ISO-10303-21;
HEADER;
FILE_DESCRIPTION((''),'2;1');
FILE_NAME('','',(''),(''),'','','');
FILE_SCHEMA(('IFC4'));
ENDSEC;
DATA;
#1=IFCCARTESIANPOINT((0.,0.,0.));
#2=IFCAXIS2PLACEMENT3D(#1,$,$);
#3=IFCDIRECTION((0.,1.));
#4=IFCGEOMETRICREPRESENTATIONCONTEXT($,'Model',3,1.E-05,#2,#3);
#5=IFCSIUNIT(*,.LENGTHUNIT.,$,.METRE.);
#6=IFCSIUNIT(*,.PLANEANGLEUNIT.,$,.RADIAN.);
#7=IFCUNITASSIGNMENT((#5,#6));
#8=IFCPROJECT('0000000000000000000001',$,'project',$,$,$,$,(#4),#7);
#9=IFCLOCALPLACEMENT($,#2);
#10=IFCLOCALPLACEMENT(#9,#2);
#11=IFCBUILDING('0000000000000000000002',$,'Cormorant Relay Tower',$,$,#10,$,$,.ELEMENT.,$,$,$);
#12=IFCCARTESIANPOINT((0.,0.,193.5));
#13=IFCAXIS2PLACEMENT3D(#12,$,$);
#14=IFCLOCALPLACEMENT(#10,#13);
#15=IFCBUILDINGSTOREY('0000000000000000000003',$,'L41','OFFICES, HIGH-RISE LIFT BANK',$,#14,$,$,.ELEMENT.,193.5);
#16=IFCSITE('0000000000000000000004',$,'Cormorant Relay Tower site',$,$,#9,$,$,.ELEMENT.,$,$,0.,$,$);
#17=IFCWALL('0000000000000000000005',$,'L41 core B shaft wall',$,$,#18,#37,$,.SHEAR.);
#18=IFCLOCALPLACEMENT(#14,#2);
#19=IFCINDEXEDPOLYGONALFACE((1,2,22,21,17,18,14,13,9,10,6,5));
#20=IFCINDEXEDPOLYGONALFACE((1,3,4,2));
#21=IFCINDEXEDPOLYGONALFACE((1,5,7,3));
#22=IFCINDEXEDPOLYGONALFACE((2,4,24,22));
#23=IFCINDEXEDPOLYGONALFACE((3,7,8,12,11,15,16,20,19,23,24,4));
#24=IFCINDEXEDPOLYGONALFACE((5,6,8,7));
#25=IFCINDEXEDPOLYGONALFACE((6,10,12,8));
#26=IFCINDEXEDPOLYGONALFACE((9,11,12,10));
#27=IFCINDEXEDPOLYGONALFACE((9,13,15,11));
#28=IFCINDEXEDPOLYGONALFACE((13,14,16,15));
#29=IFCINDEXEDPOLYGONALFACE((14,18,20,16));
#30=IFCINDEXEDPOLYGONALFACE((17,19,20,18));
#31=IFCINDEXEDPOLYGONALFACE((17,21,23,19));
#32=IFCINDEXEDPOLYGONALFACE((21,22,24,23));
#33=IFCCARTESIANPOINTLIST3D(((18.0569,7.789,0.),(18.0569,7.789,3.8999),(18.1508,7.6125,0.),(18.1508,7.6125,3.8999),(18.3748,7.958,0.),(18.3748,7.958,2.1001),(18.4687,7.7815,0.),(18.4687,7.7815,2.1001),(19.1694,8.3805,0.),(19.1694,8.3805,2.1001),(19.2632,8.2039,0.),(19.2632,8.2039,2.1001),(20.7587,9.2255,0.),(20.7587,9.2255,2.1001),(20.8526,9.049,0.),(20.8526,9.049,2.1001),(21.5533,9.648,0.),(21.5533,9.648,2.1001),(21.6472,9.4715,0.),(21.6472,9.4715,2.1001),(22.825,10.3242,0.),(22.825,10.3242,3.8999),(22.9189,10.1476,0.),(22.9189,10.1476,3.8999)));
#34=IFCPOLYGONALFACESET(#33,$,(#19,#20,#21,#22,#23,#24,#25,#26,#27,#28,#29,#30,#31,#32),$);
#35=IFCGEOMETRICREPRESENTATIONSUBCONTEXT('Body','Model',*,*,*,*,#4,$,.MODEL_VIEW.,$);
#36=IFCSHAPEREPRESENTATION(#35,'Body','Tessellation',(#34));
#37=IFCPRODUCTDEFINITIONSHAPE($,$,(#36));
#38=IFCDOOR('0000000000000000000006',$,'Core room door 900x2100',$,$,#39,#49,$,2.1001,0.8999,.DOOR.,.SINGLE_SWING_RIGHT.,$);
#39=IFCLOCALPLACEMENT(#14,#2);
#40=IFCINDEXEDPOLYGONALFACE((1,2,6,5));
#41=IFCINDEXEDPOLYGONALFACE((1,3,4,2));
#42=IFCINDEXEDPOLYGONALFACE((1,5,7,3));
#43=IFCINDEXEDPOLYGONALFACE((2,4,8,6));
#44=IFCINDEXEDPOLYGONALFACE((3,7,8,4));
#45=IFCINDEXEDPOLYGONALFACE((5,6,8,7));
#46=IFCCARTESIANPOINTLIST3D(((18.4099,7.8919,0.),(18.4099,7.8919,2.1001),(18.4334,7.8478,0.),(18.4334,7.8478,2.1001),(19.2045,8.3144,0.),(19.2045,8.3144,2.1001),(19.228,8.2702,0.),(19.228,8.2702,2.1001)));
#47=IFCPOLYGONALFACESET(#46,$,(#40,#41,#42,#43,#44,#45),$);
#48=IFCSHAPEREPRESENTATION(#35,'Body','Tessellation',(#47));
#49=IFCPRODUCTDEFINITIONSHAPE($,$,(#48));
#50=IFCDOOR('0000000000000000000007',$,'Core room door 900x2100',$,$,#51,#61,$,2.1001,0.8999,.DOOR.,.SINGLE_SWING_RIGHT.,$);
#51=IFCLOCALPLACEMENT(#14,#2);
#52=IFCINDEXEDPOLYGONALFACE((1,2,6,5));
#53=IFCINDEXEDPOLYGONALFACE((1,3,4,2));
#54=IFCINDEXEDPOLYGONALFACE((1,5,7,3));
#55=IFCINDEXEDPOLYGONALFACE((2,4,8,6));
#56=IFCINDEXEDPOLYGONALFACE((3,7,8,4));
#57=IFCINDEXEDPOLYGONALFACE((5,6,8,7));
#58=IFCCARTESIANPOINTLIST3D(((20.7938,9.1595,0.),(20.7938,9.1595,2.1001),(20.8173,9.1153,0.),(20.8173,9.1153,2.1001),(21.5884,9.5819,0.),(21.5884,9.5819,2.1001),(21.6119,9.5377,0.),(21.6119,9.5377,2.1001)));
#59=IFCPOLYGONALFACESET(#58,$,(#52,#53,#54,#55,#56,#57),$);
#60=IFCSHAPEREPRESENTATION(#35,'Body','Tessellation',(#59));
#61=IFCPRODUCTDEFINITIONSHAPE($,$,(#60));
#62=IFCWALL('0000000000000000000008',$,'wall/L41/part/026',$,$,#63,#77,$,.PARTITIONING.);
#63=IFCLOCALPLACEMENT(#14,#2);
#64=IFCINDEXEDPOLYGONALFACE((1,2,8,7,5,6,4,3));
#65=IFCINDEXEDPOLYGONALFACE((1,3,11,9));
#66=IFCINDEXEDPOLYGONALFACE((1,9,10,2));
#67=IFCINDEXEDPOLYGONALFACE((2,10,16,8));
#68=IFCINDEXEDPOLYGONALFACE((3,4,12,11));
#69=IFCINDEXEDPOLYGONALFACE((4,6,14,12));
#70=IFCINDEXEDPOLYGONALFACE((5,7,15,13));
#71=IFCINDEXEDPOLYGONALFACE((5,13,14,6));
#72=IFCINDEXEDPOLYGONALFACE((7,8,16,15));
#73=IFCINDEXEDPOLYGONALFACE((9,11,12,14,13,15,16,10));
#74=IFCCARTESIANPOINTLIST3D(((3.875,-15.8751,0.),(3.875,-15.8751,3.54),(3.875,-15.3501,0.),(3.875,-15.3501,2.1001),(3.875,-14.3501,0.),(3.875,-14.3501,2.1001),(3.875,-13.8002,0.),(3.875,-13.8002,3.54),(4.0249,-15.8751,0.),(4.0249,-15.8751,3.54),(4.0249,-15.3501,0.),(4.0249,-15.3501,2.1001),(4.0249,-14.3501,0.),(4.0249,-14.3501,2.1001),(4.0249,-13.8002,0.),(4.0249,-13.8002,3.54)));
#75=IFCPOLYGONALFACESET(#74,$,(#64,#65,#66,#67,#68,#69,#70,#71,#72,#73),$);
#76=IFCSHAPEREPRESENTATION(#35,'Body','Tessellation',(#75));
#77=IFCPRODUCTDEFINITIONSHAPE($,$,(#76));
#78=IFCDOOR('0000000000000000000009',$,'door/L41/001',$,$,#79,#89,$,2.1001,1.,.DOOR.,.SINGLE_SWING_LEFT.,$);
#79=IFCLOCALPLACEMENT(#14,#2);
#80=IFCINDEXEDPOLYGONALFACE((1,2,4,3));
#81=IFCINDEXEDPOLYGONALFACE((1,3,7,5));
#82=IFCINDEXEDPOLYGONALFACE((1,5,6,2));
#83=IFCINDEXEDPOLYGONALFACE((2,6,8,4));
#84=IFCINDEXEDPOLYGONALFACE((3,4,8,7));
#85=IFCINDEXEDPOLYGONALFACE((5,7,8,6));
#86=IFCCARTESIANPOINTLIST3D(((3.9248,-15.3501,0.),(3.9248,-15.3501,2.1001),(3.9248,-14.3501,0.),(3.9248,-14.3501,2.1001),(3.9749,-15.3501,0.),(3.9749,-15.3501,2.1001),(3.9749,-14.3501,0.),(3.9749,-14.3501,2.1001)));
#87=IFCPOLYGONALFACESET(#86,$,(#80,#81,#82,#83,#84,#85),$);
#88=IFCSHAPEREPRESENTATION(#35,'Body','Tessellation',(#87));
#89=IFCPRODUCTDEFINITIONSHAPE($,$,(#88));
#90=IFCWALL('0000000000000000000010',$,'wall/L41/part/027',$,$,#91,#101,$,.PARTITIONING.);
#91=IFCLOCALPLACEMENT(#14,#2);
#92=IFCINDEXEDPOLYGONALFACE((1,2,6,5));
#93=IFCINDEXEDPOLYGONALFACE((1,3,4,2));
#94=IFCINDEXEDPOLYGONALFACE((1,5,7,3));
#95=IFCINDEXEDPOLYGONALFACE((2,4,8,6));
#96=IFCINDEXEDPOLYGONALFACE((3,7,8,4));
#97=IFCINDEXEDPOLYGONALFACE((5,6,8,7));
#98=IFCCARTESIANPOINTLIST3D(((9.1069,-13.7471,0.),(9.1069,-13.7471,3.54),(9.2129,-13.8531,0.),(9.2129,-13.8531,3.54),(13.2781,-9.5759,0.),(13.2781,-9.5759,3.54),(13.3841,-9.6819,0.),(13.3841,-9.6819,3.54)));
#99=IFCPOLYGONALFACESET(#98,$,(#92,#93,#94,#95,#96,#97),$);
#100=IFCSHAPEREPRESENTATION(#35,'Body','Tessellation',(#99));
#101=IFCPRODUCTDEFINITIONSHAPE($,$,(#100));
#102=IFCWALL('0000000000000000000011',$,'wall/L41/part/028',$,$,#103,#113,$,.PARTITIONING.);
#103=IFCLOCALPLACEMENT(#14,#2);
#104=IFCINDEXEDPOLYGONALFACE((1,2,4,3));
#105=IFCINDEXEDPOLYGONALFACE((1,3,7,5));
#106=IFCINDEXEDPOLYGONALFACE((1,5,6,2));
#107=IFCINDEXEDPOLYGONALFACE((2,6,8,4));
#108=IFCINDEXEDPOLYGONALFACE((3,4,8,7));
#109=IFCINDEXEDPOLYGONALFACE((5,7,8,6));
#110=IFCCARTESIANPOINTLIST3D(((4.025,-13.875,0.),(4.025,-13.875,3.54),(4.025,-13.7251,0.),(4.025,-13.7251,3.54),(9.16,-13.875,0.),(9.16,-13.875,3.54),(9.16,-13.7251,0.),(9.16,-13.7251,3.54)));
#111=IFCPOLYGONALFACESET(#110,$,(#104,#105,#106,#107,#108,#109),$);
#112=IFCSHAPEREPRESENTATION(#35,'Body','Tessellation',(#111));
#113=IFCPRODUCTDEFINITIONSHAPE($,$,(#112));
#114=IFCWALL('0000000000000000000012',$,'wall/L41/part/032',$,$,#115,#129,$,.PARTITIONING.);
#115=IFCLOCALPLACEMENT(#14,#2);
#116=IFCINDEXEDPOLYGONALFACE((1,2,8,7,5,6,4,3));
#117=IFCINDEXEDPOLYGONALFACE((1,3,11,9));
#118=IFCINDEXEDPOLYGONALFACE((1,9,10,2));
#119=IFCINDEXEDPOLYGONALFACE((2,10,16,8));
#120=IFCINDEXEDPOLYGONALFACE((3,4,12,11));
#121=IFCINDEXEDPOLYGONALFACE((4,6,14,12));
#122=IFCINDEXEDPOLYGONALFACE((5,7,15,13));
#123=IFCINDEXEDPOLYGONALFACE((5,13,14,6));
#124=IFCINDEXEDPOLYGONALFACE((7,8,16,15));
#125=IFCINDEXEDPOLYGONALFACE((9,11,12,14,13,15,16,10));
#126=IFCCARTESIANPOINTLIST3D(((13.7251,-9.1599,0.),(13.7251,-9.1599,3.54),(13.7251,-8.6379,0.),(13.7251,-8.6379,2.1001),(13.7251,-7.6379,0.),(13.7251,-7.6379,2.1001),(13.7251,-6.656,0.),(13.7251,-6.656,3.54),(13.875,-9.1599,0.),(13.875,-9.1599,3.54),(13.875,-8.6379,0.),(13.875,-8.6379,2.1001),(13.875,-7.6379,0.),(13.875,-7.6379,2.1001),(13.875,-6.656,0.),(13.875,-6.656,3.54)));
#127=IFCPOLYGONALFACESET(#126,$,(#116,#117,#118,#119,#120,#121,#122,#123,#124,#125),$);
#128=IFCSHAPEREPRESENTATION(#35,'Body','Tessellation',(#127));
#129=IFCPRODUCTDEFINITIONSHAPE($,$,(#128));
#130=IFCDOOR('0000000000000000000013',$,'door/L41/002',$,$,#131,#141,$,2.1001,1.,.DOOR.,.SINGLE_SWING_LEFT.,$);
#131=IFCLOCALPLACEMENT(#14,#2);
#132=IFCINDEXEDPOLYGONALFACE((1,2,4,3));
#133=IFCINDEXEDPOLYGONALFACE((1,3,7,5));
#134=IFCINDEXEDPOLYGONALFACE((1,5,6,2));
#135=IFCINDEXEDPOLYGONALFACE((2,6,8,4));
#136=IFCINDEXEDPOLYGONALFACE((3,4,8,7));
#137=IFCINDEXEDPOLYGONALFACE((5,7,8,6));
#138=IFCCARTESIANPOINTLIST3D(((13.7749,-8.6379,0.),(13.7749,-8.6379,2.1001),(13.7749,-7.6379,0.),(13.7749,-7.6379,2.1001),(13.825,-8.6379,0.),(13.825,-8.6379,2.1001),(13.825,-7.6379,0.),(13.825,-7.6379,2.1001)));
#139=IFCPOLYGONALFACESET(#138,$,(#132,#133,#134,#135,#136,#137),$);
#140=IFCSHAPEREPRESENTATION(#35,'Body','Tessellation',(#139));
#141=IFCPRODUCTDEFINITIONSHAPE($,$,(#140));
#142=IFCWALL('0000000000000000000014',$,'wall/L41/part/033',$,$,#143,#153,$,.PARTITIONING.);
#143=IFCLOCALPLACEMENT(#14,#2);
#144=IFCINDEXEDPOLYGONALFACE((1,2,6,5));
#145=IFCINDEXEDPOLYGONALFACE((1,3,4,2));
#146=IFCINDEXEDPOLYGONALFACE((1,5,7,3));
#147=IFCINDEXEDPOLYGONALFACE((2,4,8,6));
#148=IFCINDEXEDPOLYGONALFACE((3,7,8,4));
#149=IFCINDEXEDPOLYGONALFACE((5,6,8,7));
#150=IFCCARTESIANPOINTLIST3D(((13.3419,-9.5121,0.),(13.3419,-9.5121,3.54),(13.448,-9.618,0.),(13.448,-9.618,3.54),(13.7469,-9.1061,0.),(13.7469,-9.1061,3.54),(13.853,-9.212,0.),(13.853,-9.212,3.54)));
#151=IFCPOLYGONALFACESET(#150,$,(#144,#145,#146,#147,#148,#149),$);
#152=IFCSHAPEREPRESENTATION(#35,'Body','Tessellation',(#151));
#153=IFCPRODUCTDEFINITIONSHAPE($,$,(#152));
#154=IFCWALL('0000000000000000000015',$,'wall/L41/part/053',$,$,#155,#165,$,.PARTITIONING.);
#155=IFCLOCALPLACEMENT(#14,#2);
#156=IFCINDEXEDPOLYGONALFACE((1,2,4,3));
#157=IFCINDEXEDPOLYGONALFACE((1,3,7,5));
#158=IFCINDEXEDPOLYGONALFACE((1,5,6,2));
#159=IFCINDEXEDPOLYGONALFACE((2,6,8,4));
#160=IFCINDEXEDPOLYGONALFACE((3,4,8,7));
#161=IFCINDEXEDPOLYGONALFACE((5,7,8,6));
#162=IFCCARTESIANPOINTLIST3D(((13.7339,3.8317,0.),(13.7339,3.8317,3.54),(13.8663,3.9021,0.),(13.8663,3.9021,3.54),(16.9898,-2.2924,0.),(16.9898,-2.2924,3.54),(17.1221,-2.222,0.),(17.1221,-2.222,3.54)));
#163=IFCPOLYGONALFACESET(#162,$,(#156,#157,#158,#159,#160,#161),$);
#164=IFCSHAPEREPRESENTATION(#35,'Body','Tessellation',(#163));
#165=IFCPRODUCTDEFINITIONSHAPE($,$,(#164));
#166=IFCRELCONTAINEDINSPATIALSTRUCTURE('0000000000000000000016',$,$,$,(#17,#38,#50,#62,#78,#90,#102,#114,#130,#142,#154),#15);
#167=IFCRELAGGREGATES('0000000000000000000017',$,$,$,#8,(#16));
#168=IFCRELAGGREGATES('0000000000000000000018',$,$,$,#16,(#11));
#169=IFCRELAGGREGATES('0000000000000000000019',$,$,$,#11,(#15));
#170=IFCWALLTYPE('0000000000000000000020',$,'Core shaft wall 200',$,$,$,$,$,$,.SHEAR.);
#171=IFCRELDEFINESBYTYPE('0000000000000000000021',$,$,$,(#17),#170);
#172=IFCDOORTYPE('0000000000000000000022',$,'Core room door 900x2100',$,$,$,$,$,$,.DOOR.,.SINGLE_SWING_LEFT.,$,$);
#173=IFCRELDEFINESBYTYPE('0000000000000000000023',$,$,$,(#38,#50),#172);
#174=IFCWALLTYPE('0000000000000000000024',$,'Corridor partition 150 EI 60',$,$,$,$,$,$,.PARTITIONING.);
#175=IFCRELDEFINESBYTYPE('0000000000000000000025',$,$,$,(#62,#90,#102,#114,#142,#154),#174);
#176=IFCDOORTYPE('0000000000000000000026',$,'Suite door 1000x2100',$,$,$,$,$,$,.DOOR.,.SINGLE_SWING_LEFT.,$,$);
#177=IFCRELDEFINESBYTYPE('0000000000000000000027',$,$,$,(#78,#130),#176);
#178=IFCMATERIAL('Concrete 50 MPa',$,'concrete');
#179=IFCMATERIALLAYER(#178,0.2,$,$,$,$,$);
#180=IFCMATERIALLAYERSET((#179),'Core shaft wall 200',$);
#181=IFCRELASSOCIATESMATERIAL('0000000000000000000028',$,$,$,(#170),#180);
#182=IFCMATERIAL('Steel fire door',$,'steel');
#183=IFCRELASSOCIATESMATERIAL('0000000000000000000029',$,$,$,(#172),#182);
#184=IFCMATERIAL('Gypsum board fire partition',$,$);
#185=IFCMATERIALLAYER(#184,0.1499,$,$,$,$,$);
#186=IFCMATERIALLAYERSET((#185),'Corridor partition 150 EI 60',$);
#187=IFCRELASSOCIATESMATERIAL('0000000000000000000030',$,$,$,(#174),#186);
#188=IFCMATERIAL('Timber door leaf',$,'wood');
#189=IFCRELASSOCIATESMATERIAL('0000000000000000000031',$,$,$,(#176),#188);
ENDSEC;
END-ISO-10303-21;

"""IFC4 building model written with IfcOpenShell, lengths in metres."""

from ifc_helpers import new_model, si_unit, direction, frame, frame_2d, origin, place, context, subcontext, project, spatial, rectangle, extrude, material, layer, layer_set, type_object, element, fill, save


model = new_model("IFC4")

# Units and contexts
model_context = context("Model", 3, precision=1e-05, world=origin(), true_north=direction((0.0, 1.0)))
body_context = subcontext(model_context, "Body", "Model", "MODEL_VIEW")
ifc_project = project(units=[si_unit("LENGTHUNIT", "METRE"), si_unit("PLANEANGLEUNIT", "RADIAN")], contexts=[model_context])

# Site, building, storey
site_placement = place(None, origin())
site = spatial("IfcSite", under=ifc_project, at=site_placement, Name="Cormorant Relay Tower site", CompositionType="ELEMENT", RefElevation=0.0)
building_placement = place(site_placement, origin())
building = spatial("IfcBuilding", under=site, at=building_placement, Name="Cormorant Relay Tower", CompositionType="ELEMENT")
storey_placement = place(building_placement, frame((0.0, 0.0, 193.5)))
storey = spatial("IfcBuildingStorey", under=building, at=storey_placement, Name="L41", Description="OFFICES, HIGH-RISE LIFT BANK", CompositionType="ELEMENT", Elevation=193.5)

# Shared definitions
ifc_material_1 = material(Name="Concrete 50 MPa", Category="concrete")
ifc_layer_1 = layer(ifc_material_1, 0.2)
ifc_layer_set_1 = layer_set([ifc_layer_1], Name="Core shaft wall 200")
wall_type_1 = type_object("IfcWallType", Name="Core shaft wall 200", PredefinedType="SHEAR", material=ifc_layer_set_1)

# Wall, openings, doors
wall_1_placement = place(storey_placement, frame((18.1038, 7.7007, 0.0), z_axis=(0.0, 0.0, 1.0), x_axis=(0.882953, 0.469462, 0.0)))
wall_1 = element("IfcWall", 1, at=wall_1_placement, inside=storey, type_object=wall_type_1, Name="L41 core B shaft wall", PredefinedType="SHEAR", context=body_context, shape_type="SweptSolid", body=[
    extrude(rectangle(XDim=5.4001, YDim=0.2, at=frame_2d((2.7002, 0.0))), origin(), (0.0, 0.0, 1.0), 3.8999),
])
opening_1_placement = place(wall_1_placement, frame((0.3601, 0.0, 0.0)))
opening_1 = element("IfcOpeningElement", 2, at=opening_1_placement, cuts=wall_1, PredefinedType="OPENING", context=body_context, shape_type="SweptSolid", body=[
    extrude(rectangle(XDim=0.8999, YDim=2.1001, at=frame_2d((0.45, 1.05))), frame((0.0, 0.1099, 0.0), z_axis=(0.0, -1.0, 0.0), x_axis=(1.0, 0.0, 0.0)), (0.0, 0.0, 1.0), 0.22),
])
opening_2_placement = place(wall_1_placement, frame((3.0601, 0.0, 0.0)))
opening_2 = element("IfcOpeningElement", 3, at=opening_2_placement, cuts=wall_1, PredefinedType="OPENING", context=body_context, shape_type="SweptSolid", body=[
    extrude(rectangle(XDim=0.8999, YDim=2.1001, at=frame_2d((0.45, 1.05))), frame((0.0, 0.1099, 0.0), z_axis=(0.0, -1.0, 0.0), x_axis=(1.0, 0.0, 0.0)), (0.0, 0.0, 1.0), 0.22),
])
ifc_material_2 = material(Name="Steel fire door", Category="steel")
door_type_1 = type_object("IfcDoorType", Name="Core room door 900x2100", OperationType="SINGLE_SWING_LEFT", PredefinedType="DOOR", material=ifc_material_2)
door_1_placement = place(opening_1_placement, frame((0.8999, 0.0, 0.0), z_axis=(0.0, 0.0, 1.0), x_axis=(-1.0, 0.0, 0.0)))
door_1 = element("IfcDoor", 4, at=door_1_placement, inside=storey, type_object=door_type_1, Name="Core room door 900x2100", OperationType="SINGLE_SWING_RIGHT", OverallHeight=2.1001, OverallWidth=0.8999, PredefinedType="DOOR", context=body_context, shape_type="SweptSolid", body=[
    extrude(rectangle(XDim=0.8999, YDim=2.1001, at=frame_2d((0.45, 1.05))), frame((0.0, 0.0249, 0.0), z_axis=(0.0, -1.0, 0.0), x_axis=(1.0, 0.0, 0.0)), (0.0, 0.0, 1.0), 0.05),
])
fill(opening_1, door_1)
door_2_placement = place(opening_2_placement, frame((0.8999, 0.0, 0.0), z_axis=(0.0, 0.0, 1.0), x_axis=(-1.0, 0.0, 0.0)))
door_2 = element("IfcDoor", 5, at=door_2_placement, inside=storey, type_object=door_type_1, Name="Core room door 900x2100", OperationType="SINGLE_SWING_RIGHT", OverallHeight=2.1001, OverallWidth=0.8999, PredefinedType="DOOR", context=body_context, shape_type="SweptSolid", body=[
    extrude(rectangle(XDim=0.8999, YDim=2.1001, at=frame_2d((0.45, 1.05))), frame((0.0, 0.0249, 0.0), z_axis=(0.0, -1.0, 0.0), x_axis=(1.0, 0.0, 0.0)), (0.0, 0.0, 1.0), 0.05),
])
fill(opening_2, door_2)

# Wall, opening, door
ifc_material_3 = material(Name="Gypsum board fire partition")
ifc_layer_2 = layer(ifc_material_3, 0.1499)
ifc_layer_set_2 = layer_set([ifc_layer_2], Name="Corridor partition 150 EI 60")
wall_type_2 = type_object("IfcWallType", Name="Corridor partition 150 EI 60", PredefinedType="PARTITIONING", material=ifc_layer_set_2)
wall_2_placement = place(storey_placement, frame((3.95, -13.8, 0.0), z_axis=(0.0, 0.0, 1.0), x_axis=(0.0, -1.0, 0.0)))
wall_2 = element("IfcWall", 6, at=wall_2_placement, inside=storey, type_object=wall_type_2, Name="wall/L41/part/026", PredefinedType="PARTITIONING", context=body_context, shape_type="SweptSolid", body=[
    extrude(rectangle(XDim=2.075, YDim=0.1499, at=frame_2d((1.0376, 0.0))), origin(), (0.0, 0.0, 1.0), 3.54),
])
opening_3_placement = place(wall_2_placement, frame((0.55, 0.0, 0.0)))
opening_3 = element("IfcOpeningElement", 7, at=opening_3_placement, cuts=wall_2, PredefinedType="OPENING", context=body_context, shape_type="SweptSolid", body=[
    extrude(rectangle(XDim=1.0, YDim=2.1001, at=frame_2d((0.5, 1.05))), frame((0.0, 0.085, 0.0), z_axis=(0.0, -1.0, 0.0), x_axis=(1.0, 0.0, 0.0)), (0.0, 0.0, 1.0), 0.1699),
])
ifc_material_4 = material(Name="Timber door leaf", Category="wood")
door_type_2 = type_object("IfcDoorType", Name="Suite door 1000x2100", OperationType="SINGLE_SWING_LEFT", PredefinedType="DOOR", material=ifc_material_4)
door_3_placement = place(opening_3_placement, origin())
door_3 = element("IfcDoor", 8, at=door_3_placement, inside=storey, type_object=door_type_2, Name="door/L41/001", OperationType="SINGLE_SWING_LEFT", OverallHeight=2.1001, OverallWidth=1.0, PredefinedType="DOOR", context=body_context, shape_type="SweptSolid", body=[
    extrude(rectangle(XDim=1.0, YDim=2.1001, at=frame_2d((0.5, 1.05))), frame((0.0, 0.0249, 0.0), z_axis=(0.0, -1.0, 0.0), x_axis=(1.0, 0.0, 0.0)), (0.0, 0.0, 1.0), 0.05),
])
fill(opening_3, door_3)

# Walls
wall_3_placement = place(storey_placement, frame((13.3311, -9.6289, 0.0), z_axis=(0.0, 0.0, 1.0), x_axis=(-0.707107, -0.707107, 0.0)))
element("IfcWall", 9, at=wall_3_placement, inside=storey, type_object=wall_type_2, Name="wall/L41/part/027", PredefinedType="PARTITIONING", context=body_context, shape_type="SweptSolid", body=[
    extrude(rectangle(XDim=5.8989, YDim=0.1499, at=frame_2d((2.9495, 0.0))), origin(), (0.0, 0.0, 1.0), 3.54),
])
wall_4_placement = place(storey_placement, frame((9.1599, -13.8, 0.0), z_axis=(0.0, 0.0, 1.0), x_axis=(-1.0, 0.0, 0.0)))
element("IfcWall", 10, at=wall_4_placement, inside=storey, type_object=wall_type_2, Name="wall/L41/part/028", PredefinedType="PARTITIONING", context=body_context, shape_type="SweptSolid", body=[
    extrude(rectangle(XDim=5.135, YDim=0.1499, at=frame_2d((2.5674, 0.0))), origin(), (0.0, 0.0, 1.0), 3.54),
])

# Wall, opening, door
wall_5_placement = place(storey_placement, frame((13.8, -6.656, 0.0), z_axis=(0.0, 0.0, 1.0), x_axis=(0.0, -1.0, 0.0)))
wall_5 = element("IfcWall", 11, at=wall_5_placement, inside=storey, type_object=wall_type_2, Name="wall/L41/part/032", PredefinedType="PARTITIONING", context=body_context, shape_type="SweptSolid", body=[
    extrude(rectangle(XDim=2.5039, YDim=0.1499, at=frame_2d((1.252, 0.0))), origin(), (0.0, 0.0, 1.0), 3.54),
])
opening_4_placement = place(wall_5_placement, frame((0.9819, 0.0, 0.0)))
opening_4 = element("IfcOpeningElement", 12, at=opening_4_placement, cuts=wall_5, PredefinedType="OPENING", context=body_context, shape_type="SweptSolid", body=[
    extrude(rectangle(XDim=1.0, YDim=2.1001, at=frame_2d((0.5, 1.05))), frame((0.0, 0.085, 0.0), z_axis=(0.0, -1.0, 0.0), x_axis=(1.0, 0.0, 0.0)), (0.0, 0.0, 1.0), 0.1699),
])
door_4_placement = place(opening_4_placement, origin())
door_4 = element("IfcDoor", 13, at=door_4_placement, inside=storey, type_object=door_type_2, Name="door/L41/002", OperationType="SINGLE_SWING_LEFT", OverallHeight=2.1001, OverallWidth=1.0, PredefinedType="DOOR", context=body_context, shape_type="SweptSolid", body=[
    extrude(rectangle(XDim=1.0, YDim=2.1001, at=frame_2d((0.5, 1.05))), frame((0.0, 0.0249, 0.0), z_axis=(0.0, -1.0, 0.0), x_axis=(1.0, 0.0, 0.0)), (0.0, 0.0, 1.0), 0.05),
])
fill(opening_4, door_4)

# Walls
wall_6_placement = place(storey_placement, frame((13.395, -9.5649, 0.0), z_axis=(0.0, 0.0, 1.0), x_axis=(0.706255, 0.707958, 0.0)))
element("IfcWall", 14, at=wall_6_placement, inside=storey, type_object=wall_type_2, Name="wall/L41/part/033", PredefinedType="PARTITIONING", context=body_context, shape_type="SweptSolid", body=[
    extrude(rectangle(XDim=0.5735, YDim=0.1499, at=frame_2d((0.2866, 0.0))), origin(), (0.0, 0.0, 1.0), 3.54),
])
wall_7_placement = place(storey_placement, frame((17.0559, -2.2571, 0.0), z_axis=(0.0, 0.0, 1.0), x_axis=(-0.469433, 0.882968, 0.0)))
element("IfcWall", 15, at=wall_7_placement, inside=storey, type_object=wall_type_2, Name="wall/L41/part/053", PredefinedType="PARTITIONING", context=body_context, shape_type="SweptSolid", body=[
    extrude(rectangle(XDim=6.9358, YDim=0.1499, at=frame_2d((3.4678, 0.0))), origin(), (0.0, 0.0, 1.0), 3.54),
])

save(model, "model.ifc")
